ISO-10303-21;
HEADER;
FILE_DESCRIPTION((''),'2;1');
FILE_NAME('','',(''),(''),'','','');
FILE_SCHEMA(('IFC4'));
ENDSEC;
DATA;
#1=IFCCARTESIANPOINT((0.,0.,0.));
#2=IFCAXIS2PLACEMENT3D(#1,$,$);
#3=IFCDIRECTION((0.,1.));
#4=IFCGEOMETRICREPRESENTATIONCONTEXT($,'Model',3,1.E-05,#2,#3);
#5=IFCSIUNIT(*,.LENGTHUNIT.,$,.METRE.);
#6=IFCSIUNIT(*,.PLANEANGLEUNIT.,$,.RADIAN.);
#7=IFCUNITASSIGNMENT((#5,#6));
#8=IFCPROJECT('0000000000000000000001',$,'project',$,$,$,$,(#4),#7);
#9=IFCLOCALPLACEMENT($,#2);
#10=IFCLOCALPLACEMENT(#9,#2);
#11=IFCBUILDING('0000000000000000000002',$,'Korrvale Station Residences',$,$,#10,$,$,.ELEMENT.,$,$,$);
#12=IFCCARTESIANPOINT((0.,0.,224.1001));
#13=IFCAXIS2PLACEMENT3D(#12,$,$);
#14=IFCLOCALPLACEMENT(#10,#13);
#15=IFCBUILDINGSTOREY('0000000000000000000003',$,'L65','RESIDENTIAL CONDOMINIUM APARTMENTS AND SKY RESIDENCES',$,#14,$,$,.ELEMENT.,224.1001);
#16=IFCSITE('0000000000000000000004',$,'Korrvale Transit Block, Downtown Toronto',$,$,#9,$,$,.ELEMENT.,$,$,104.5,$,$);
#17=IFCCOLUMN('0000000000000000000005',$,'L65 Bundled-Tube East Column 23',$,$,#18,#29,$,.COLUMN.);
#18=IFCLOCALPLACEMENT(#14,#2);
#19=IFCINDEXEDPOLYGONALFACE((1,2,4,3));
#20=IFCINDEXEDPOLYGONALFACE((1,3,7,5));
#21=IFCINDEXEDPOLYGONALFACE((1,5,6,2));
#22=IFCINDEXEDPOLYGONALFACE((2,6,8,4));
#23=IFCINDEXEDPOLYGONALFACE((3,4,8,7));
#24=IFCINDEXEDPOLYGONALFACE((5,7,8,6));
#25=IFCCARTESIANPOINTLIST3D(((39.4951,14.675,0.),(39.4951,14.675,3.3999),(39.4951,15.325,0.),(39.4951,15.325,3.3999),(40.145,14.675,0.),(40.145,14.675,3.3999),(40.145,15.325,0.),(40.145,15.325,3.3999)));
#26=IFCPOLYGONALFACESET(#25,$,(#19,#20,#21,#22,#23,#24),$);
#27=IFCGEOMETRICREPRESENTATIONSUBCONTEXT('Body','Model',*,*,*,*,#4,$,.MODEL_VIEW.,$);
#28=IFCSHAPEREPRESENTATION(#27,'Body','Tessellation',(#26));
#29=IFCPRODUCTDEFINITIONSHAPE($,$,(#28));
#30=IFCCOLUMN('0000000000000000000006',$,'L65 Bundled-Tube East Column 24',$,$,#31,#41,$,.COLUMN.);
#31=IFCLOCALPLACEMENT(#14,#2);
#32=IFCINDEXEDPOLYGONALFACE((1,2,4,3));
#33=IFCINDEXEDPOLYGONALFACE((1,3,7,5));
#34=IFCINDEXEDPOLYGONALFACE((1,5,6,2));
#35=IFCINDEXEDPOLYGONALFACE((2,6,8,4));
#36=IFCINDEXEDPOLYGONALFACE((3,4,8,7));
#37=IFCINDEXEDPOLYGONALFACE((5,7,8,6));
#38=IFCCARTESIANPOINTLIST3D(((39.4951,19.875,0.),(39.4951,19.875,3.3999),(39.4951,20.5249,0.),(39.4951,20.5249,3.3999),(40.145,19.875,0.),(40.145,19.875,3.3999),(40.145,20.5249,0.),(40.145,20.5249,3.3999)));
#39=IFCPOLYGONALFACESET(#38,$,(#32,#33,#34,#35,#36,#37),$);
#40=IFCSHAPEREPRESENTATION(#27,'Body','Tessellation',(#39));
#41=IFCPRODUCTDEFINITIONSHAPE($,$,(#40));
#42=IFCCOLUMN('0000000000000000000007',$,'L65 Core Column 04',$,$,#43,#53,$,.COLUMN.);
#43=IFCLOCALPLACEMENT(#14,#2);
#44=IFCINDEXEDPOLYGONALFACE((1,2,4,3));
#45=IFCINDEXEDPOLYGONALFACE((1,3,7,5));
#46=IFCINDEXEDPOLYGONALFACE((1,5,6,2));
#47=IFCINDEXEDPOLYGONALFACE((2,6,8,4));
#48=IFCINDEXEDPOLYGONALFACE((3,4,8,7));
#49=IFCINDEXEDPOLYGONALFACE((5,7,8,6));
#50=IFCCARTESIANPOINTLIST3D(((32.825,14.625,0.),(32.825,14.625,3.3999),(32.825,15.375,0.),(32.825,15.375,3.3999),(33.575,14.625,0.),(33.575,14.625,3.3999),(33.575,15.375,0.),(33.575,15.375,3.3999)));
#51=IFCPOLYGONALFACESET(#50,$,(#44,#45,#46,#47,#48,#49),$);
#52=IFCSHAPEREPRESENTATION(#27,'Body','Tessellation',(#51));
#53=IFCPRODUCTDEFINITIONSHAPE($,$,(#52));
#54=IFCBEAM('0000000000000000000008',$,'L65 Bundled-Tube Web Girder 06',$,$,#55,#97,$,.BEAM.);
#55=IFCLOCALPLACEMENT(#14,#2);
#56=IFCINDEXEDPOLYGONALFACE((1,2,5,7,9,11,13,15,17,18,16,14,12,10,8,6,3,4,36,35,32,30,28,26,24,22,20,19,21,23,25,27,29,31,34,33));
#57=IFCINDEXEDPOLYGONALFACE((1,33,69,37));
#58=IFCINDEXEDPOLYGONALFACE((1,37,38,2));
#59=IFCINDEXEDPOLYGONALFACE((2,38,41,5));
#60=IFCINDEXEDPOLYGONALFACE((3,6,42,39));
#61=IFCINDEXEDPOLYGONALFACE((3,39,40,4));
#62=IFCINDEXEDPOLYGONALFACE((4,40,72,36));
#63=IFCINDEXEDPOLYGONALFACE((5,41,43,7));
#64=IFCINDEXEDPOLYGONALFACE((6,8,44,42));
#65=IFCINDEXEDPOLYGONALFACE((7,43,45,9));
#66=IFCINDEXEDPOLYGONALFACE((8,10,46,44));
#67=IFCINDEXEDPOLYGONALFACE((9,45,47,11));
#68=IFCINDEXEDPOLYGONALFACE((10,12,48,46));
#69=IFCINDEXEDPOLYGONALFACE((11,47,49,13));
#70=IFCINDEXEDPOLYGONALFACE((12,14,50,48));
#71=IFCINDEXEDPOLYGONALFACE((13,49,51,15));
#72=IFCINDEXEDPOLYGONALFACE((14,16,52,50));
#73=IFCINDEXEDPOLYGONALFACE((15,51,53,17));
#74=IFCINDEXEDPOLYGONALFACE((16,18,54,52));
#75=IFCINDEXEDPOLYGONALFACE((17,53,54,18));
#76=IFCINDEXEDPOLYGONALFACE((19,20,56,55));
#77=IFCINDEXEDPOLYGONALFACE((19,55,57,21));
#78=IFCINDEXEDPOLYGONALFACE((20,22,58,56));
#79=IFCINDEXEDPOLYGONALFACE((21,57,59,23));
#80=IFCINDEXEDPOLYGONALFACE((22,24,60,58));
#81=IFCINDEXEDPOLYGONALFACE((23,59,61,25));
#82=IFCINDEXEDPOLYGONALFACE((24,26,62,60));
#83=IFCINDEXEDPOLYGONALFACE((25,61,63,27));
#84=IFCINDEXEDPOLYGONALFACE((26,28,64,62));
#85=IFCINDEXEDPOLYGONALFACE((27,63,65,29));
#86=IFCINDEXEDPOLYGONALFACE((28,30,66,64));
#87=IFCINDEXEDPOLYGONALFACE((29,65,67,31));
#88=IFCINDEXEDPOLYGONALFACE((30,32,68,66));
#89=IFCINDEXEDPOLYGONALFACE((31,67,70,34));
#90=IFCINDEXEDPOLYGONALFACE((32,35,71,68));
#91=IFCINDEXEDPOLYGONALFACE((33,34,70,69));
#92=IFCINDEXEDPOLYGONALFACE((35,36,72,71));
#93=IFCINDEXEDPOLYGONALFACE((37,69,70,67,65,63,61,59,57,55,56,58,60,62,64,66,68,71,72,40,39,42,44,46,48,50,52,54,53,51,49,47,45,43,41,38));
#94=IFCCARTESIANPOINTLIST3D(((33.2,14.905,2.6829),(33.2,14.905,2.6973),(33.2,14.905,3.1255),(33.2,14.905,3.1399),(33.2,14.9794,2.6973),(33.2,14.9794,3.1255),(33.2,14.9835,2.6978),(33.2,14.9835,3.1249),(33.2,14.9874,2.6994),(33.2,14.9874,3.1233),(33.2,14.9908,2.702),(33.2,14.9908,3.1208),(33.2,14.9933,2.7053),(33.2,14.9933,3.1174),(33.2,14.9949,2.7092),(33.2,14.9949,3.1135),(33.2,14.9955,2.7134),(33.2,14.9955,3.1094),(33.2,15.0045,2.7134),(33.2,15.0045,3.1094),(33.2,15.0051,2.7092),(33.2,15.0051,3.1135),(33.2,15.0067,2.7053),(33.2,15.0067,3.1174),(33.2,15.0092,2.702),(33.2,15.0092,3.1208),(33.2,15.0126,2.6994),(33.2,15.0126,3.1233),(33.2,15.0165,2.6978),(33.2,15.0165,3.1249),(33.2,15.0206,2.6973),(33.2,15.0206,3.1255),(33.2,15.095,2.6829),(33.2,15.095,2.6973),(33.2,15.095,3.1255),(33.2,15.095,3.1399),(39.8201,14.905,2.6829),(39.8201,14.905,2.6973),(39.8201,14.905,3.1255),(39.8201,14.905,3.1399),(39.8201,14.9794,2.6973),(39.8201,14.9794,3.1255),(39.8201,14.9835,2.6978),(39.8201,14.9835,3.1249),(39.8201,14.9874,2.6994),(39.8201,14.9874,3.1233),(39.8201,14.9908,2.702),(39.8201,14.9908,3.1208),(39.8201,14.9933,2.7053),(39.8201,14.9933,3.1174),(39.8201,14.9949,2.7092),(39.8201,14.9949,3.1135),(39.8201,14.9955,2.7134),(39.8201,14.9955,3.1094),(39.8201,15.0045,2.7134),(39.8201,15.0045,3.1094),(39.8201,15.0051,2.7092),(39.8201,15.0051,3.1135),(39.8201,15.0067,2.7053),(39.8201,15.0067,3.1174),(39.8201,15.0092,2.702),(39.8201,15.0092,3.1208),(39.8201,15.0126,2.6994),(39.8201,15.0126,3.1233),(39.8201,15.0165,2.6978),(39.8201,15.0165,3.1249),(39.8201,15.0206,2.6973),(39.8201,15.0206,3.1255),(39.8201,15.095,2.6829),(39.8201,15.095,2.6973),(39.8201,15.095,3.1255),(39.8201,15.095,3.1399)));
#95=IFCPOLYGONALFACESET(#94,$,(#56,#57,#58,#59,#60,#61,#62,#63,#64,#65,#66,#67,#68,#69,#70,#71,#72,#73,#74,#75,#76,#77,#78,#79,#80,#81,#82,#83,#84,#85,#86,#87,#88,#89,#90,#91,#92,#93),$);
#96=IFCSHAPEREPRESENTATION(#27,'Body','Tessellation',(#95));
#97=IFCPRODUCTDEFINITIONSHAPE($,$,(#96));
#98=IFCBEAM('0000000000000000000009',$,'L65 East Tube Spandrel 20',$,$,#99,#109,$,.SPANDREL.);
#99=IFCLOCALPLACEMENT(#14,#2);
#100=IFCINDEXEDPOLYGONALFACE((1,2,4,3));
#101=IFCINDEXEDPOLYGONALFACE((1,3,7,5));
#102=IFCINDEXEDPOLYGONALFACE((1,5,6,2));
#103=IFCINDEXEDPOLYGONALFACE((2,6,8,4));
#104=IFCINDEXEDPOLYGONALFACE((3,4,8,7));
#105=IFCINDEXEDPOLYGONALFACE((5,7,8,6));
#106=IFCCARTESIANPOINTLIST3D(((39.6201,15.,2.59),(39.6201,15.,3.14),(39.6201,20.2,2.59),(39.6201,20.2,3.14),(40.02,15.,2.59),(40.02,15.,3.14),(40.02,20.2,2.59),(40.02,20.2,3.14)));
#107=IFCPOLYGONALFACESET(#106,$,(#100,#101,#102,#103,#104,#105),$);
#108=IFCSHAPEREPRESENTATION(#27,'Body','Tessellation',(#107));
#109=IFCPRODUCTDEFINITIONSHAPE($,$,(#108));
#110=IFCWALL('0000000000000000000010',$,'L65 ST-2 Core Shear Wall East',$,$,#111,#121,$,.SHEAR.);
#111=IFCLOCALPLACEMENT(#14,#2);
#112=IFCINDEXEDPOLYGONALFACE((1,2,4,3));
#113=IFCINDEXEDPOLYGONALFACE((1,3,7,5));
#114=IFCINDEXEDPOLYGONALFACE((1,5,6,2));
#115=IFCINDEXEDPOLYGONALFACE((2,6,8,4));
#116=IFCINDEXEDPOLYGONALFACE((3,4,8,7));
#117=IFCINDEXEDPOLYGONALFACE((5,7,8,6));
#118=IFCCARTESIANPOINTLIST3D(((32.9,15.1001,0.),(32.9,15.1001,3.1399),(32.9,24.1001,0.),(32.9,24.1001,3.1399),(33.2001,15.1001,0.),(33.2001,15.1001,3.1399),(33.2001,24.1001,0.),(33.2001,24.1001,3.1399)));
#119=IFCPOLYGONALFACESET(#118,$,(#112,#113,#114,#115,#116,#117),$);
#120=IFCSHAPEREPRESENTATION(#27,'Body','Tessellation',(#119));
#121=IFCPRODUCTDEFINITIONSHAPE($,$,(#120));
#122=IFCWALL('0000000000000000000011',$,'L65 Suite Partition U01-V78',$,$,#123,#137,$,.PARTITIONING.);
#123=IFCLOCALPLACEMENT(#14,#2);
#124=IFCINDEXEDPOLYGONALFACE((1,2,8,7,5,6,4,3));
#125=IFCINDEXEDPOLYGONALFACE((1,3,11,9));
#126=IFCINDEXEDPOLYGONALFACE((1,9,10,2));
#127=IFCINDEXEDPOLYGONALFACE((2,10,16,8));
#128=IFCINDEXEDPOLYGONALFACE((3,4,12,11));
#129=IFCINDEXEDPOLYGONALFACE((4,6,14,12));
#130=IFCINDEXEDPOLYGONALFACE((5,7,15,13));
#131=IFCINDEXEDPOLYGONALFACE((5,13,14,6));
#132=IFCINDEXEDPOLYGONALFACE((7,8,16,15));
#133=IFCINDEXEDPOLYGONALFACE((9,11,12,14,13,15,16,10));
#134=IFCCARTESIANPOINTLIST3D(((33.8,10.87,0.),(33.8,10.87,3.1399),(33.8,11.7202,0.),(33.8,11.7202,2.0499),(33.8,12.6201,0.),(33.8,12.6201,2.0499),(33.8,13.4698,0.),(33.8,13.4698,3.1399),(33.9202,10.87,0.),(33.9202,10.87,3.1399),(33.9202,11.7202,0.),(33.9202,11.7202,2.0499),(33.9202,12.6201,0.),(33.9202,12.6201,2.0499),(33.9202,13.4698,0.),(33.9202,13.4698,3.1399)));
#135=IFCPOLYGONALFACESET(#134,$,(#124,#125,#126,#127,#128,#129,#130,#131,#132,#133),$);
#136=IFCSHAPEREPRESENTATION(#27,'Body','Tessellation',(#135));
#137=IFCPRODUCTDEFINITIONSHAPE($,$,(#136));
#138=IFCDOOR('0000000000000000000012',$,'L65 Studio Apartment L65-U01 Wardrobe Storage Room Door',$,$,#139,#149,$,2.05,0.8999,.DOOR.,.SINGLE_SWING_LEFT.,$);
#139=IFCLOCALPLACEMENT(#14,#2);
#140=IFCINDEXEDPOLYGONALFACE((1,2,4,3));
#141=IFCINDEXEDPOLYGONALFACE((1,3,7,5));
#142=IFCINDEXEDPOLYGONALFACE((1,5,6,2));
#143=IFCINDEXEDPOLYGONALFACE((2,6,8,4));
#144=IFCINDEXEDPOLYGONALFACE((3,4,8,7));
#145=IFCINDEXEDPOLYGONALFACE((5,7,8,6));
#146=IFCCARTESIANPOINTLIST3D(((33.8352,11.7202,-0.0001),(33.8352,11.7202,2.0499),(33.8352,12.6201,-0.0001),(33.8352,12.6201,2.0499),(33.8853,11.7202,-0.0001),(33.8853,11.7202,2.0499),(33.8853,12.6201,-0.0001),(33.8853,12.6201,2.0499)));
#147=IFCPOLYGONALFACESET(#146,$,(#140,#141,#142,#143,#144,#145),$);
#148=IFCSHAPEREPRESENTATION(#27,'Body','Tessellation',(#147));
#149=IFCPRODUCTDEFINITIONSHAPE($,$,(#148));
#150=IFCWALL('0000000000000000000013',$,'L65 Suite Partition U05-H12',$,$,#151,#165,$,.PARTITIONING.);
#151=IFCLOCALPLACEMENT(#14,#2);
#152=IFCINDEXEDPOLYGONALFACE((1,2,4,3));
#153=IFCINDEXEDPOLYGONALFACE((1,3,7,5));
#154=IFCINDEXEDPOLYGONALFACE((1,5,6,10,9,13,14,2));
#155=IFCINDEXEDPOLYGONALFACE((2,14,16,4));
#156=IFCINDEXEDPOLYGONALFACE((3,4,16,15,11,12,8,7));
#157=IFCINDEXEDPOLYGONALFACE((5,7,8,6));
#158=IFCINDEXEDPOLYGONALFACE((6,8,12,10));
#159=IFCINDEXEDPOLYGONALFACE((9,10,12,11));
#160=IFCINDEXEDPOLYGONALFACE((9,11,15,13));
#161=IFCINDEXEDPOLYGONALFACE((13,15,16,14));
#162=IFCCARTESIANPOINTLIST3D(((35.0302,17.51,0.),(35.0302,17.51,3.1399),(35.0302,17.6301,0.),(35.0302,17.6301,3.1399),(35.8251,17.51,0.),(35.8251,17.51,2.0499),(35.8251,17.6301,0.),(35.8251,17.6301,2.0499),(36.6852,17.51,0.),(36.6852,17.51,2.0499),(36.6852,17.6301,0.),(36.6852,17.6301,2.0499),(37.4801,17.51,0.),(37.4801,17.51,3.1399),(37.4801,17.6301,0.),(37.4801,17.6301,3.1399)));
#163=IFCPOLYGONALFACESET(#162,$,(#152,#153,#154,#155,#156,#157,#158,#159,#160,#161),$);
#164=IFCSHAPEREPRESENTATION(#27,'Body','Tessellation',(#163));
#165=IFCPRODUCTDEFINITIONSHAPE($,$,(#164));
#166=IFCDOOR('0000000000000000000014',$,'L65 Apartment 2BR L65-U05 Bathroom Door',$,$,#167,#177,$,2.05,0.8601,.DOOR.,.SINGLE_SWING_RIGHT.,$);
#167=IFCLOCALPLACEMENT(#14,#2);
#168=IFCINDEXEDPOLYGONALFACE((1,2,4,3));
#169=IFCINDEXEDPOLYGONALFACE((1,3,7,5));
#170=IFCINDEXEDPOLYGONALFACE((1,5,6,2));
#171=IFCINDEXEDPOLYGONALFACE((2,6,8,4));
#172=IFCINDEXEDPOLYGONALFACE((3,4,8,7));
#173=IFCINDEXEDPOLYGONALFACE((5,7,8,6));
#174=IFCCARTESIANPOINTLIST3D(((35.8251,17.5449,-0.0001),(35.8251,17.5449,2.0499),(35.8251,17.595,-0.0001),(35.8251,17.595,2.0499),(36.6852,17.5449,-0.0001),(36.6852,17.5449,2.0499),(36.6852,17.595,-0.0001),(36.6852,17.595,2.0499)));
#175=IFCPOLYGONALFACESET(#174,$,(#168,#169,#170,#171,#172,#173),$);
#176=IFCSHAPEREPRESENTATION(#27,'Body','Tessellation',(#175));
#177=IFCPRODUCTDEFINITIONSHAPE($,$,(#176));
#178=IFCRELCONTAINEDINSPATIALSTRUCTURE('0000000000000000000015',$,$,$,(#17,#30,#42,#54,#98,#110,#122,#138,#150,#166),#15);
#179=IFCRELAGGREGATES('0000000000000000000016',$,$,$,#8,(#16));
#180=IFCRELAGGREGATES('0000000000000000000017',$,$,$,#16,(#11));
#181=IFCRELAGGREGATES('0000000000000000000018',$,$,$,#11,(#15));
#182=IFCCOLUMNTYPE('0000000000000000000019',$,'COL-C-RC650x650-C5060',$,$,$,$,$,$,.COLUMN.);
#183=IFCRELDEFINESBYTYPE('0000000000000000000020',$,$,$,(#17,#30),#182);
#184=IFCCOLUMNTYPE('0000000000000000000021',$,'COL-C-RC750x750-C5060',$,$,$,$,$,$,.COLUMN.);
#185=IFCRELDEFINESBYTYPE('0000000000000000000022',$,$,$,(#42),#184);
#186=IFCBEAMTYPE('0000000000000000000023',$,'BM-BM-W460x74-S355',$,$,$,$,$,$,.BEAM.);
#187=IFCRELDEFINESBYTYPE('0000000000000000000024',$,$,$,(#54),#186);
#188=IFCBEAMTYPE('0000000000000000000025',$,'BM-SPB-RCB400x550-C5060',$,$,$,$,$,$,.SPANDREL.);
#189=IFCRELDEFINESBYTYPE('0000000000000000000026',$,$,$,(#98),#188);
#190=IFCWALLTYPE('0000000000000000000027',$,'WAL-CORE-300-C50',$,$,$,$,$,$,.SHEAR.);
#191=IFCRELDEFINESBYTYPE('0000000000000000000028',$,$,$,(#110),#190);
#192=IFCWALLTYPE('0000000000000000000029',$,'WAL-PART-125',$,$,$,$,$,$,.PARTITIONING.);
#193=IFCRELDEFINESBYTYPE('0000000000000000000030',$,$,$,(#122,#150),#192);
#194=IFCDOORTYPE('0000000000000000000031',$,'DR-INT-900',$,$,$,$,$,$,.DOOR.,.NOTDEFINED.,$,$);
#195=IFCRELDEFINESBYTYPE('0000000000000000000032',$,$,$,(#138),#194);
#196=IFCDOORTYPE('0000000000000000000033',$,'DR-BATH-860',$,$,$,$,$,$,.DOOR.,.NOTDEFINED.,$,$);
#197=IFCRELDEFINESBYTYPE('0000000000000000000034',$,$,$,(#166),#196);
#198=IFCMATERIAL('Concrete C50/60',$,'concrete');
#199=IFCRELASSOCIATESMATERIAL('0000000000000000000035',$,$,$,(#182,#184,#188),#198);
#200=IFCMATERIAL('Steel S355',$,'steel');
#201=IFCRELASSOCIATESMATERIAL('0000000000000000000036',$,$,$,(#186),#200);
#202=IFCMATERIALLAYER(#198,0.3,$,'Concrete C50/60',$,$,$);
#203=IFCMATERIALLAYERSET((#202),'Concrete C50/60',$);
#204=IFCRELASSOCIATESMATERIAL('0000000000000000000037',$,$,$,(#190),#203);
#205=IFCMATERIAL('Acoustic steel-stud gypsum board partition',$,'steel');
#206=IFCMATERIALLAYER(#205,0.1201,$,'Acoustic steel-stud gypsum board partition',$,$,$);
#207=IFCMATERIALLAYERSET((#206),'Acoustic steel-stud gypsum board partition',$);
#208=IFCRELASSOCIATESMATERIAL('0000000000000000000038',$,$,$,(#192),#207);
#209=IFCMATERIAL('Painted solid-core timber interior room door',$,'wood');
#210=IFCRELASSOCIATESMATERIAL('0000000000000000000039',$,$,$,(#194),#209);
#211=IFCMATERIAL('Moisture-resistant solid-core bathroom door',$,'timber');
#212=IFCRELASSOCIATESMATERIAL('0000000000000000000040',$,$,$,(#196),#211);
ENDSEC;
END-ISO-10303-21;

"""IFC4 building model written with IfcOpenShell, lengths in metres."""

from ifc_helpers import new_model, si_unit, direction, frame, frame_2d, origin, origin_2d, place, context, subcontext, project, spatial, rectangle, i_section, extrude, material, layer, layer_set, material_profile, profile_set, type_object, element, fill, save


model = new_model("IFC4")

# Units and contexts
model_context = context("Model", 3, precision=1e-05, world=origin(), true_north=direction((0.0, 1.0)))
body_context = subcontext(model_context, "Body", "Model", "MODEL_VIEW")
ifc_project = project(units=[si_unit("LENGTHUNIT", "METRE"), si_unit("PLANEANGLEUNIT", "RADIAN")], contexts=[model_context])

# Site, building, storey
site_placement = place(None, origin())
site = spatial("IfcSite", under=ifc_project, at=site_placement, Name="Korrvale Transit Block, Downtown Toronto", CompositionType="ELEMENT", RefElevation=104.5)
building_placement = place(site_placement, origin())
building = spatial("IfcBuilding", under=site, at=building_placement, Name="Korrvale Station Residences", CompositionType="ELEMENT")
storey_placement = place(building_placement, frame((0.0, 0.0, 224.1001)))
storey = spatial("IfcBuildingStorey", under=building, at=storey_placement, Name="L65", Description="RESIDENTIAL CONDOMINIUM APARTMENTS AND SKY RESIDENCES", CompositionType="ELEMENT", Elevation=224.1001)

# Columns
ifc_material_1 = material(Name="Concrete C50/60", Category="concrete")
ifc_material_profile_1 = material_profile(ifc_material_1, rectangle(XDim=0.6499, YDim=0.6499, at=origin_2d()), Name="RC650x650")
ifc_profile_set_1 = profile_set([ifc_material_profile_1], Name="Concrete C50/60")
column_type_1 = type_object("IfcColumnType", Name="COL-C-RC650x650-C5060", PredefinedType="COLUMN", material=ifc_profile_set_1)
for number, where, z_axis, x_axis, name in (
    (1, (39.8201, 15.0, 0.0), (0.0, 0.0, 1.0), (1.0, 0.0, 0.0), "L65 Bundled-Tube East Column 23"),
    (2, (39.8201, 20.2, 0.0), (0.0, 0.0, 1.0), (1.0, 0.0, 0.0), "L65 Bundled-Tube East Column 24"),
):
    element("IfcColumn", number, at=place(storey_placement, frame(where, z_axis=z_axis, x_axis=x_axis)), inside=storey, type_object=column_type_1, Name=name, PredefinedType="COLUMN", context=body_context, shape_type="SweptSolid", body=[
        extrude(rectangle(XDim=0.6499, YDim=0.6499, at=origin_2d()), origin(), (0.0, 0.0, 1.0), 3.3999),
    ])
ifc_material_profile_2 = material_profile(ifc_material_1, rectangle(XDim=0.75, YDim=0.75, at=origin_2d()), Name="RC750x750")
ifc_profile_set_2 = profile_set([ifc_material_profile_2], Name="Concrete C50/60")
column_type_2 = type_object("IfcColumnType", Name="COL-C-RC750x750-C5060", PredefinedType="COLUMN", material=ifc_profile_set_2)
column_placement = place(storey_placement, frame((33.2, 15.0, 0.0), z_axis=(0.0, 0.0, 1.0), x_axis=(1.0, 0.0, 0.0)))
element("IfcColumn", 3, at=column_placement, inside=storey, type_object=column_type_2, Name="L65 Core Column 04", PredefinedType="COLUMN", context=body_context, shape_type="SweptSolid", body=[
    extrude(rectangle(XDim=0.75, YDim=0.75, at=origin_2d()), origin(), (0.0, 0.0, 1.0), 3.3999),
])

# Beams
ifc_material_2 = material(Name="Steel S355", Category="steel")
ifc_material_profile_3 = material_profile(ifc_material_2, i_section(OverallWidth=0.1899, OverallDepth=0.457, WebThickness=0.009, FlangeThickness=0.0144, FilletRadius=0.0161, at=origin_2d()), Name="W460x74")
ifc_profile_set_3 = profile_set([ifc_material_profile_3], Name="Steel S355")
beam_type_1 = type_object("IfcBeamType", Name="BM-BM-W460x74-S355", PredefinedType="BEAM", material=ifc_profile_set_3)
beam_1_placement = place(storey_placement, frame((33.2, 15.0, 2.9114), z_axis=(1.0, 0.0, 0.0), x_axis=(0.0, 1.0, 0.0)))
element("IfcBeam", 4, at=beam_1_placement, inside=storey, type_object=beam_type_1, Name="L65 Bundled-Tube Web Girder 06", PredefinedType="BEAM", context=body_context, shape_type="SweptSolid", body=[
    extrude(i_section(OverallWidth=0.1899, OverallDepth=0.457, WebThickness=0.009, FlangeThickness=0.0144, FilletRadius=0.0161, at=origin_2d()), origin(), (0.0, 0.0, 1.0), 6.6201),
])
ifc_material_profile_4 = material_profile(ifc_material_1, rectangle(XDim=0.3999, YDim=0.55, at=origin_2d()), Name="RCB400x550")
ifc_profile_set_4 = profile_set([ifc_material_profile_4], Name="Concrete C50/60")
beam_type_2 = type_object("IfcBeamType", Name="BM-SPB-RCB400x550-C5060", PredefinedType="SPANDREL", material=ifc_profile_set_4)
beam_2_placement = place(storey_placement, frame((39.8201, 15.0, 2.865), z_axis=(0.0, 1.0, 0.0), x_axis=(-1.0, 0.0, 0.0)))
element("IfcBeam", 5, at=beam_2_placement, inside=storey, type_object=beam_type_2, Name="L65 East Tube Spandrel 20", PredefinedType="SPANDREL", context=body_context, shape_type="SweptSolid", body=[
    extrude(rectangle(XDim=0.3999, YDim=0.55, at=origin_2d()), origin(), (0.0, 0.0, 1.0), 5.2),
])

# Wall
ifc_layer_1 = layer(ifc_material_1, 0.3, Name="Concrete C50/60")
ifc_layer_set_1 = layer_set([ifc_layer_1], Name="Concrete C50/60")
wall_type_1 = type_object("IfcWallType", Name="WAL-CORE-300-C50", PredefinedType="SHEAR", material=ifc_layer_set_1)
wall_1_placement = place(storey_placement, frame((33.05, 15.1001, 0.0), z_axis=(0.0, 0.0, 1.0), x_axis=(0.0, 1.0, 0.0)))
element("IfcWall", 6, at=wall_1_placement, inside=storey, type_object=wall_type_1, Name="L65 ST-2 Core Shear Wall East", PredefinedType="SHEAR", context=body_context, shape_type="SweptSolid", body=[
    extrude(rectangle(XDim=9.0, YDim=0.3, at=frame_2d((4.5, 0.0))), origin(), (0.0, 0.0, 1.0), 3.1399),
])

# Walls, openings, doors
ifc_material_3 = material(Name="Acoustic steel-stud gypsum board partition", Category="steel")
ifc_layer_2 = layer(ifc_material_3, 0.1201, Name="Acoustic steel-stud gypsum board partition")
ifc_layer_set_2 = layer_set([ifc_layer_2], Name="Acoustic steel-stud gypsum board partition")
wall_type_2 = type_object("IfcWallType", Name="WAL-PART-125", PredefinedType="PARTITIONING", material=ifc_layer_set_2)
wall_2_placement = place(storey_placement, frame((33.8601, 10.8701, 0.0), z_axis=(0.0, 0.0, 1.0), x_axis=(0.0, 1.0, 0.0)))
wall_2 = element("IfcWall", 7, at=wall_2_placement, inside=storey, type_object=wall_type_2, Name="L65 Suite Partition U01-V78", PredefinedType="PARTITIONING", context=body_context, shape_type="SweptSolid", body=[
    extrude(rectangle(XDim=2.5999, YDim=0.1201, at=frame_2d((1.2998, 0.0))), origin(), (0.0, 0.0, 1.0), 3.1399),
])
opening_1_placement = place(wall_2_placement, frame((0.8501, 0.0, 0.0)))
opening_1 = element("IfcOpeningElement", 8, at=opening_1_placement, cuts=wall_2, PredefinedType="OPENING", context=body_context, shape_type="SweptSolid", body=[
    extrude(rectangle(XDim=0.8999, YDim=2.05, at=frame_2d((0.45, 1.0249))), frame((0.0, 0.0701, 0.0), z_axis=(0.0, -1.0, 0.0), x_axis=(1.0, 0.0, 0.0)), (0.0, 0.0, 1.0), 0.1401),
])
ifc_material_4 = material(Name="Painted solid-core timber interior room door", Category="wood")
door_type_1 = type_object("IfcDoorType", Name="DR-INT-900", OperationType="NOTDEFINED", PredefinedType="DOOR", material=ifc_material_4)
door_1_placement = place(opening_1_placement, origin())
door_1 = element("IfcDoor", 9, at=door_1_placement, inside=storey, type_object=door_type_1, Name="L65 Studio Apartment L65-U01 Wardrobe Storage Room Door", OperationType="SINGLE_SWING_LEFT", OverallHeight=2.05, OverallWidth=0.8999, PredefinedType="DOOR", context=body_context, shape_type="SweptSolid", body=[
    extrude(rectangle(XDim=0.8999, YDim=2.05, at=frame_2d((0.45, 1.0249))), frame((0.0, 0.0249, 0.0), z_axis=(0.0, -1.0, 0.0), x_axis=(1.0, 0.0, 0.0)), (0.0, 0.0, 1.0), 0.05),
])
fill(opening_1, door_1)
wall_3_placement = place(storey_placement, frame((35.03, 17.5701, 0.0), z_axis=(0.0, 0.0, 1.0), x_axis=(1.0, 0.0, 0.0)))
wall_3 = element("IfcWall", 10, at=wall_3_placement, inside=storey, type_object=wall_type_2, Name="L65 Suite Partition U05-H12", PredefinedType="PARTITIONING", context=body_context, shape_type="SweptSolid", body=[
    extrude(rectangle(XDim=2.45, YDim=0.1201, at=frame_2d((1.2251, 0.0))), origin(), (0.0, 0.0, 1.0), 3.1399),
])
opening_2_placement = place(wall_3_placement, frame((0.7949, 0.0, 0.0)))
opening_2 = element("IfcOpeningElement", 11, at=opening_2_placement, cuts=wall_3, PredefinedType="OPENING", context=body_context, shape_type="SweptSolid", body=[
    extrude(rectangle(XDim=0.8601, YDim=2.05, at=frame_2d((0.4302, 1.0249))), frame((0.0, 0.0701, 0.0), z_axis=(0.0, -1.0, 0.0), x_axis=(1.0, 0.0, 0.0)), (0.0, 0.0, 1.0), 0.1401),
])
ifc_material_5 = material(Name="Moisture-resistant solid-core bathroom door", Category="timber")
door_type_2 = type_object("IfcDoorType", Name="DR-BATH-860", OperationType="NOTDEFINED", PredefinedType="DOOR", material=ifc_material_5)
door_2_placement = place(opening_2_placement, origin())
door_2 = element("IfcDoor", 12, at=door_2_placement, inside=storey, type_object=door_type_2, Name="L65 Apartment 2BR L65-U05 Bathroom Door", OperationType="SINGLE_SWING_RIGHT", OverallHeight=2.05, OverallWidth=0.8601, PredefinedType="DOOR", context=body_context, shape_type="SweptSolid", body=[
    extrude(rectangle(XDim=0.8601, YDim=2.05, at=frame_2d((0.4302, 1.0249))), frame((0.0, 0.0249, 0.0), z_axis=(0.0, -1.0, 0.0), x_axis=(1.0, 0.0, 0.0)), (0.0, 0.0, 1.0), 0.05),
])
fill(opening_2, door_2)

save(model, "model.ifc")
